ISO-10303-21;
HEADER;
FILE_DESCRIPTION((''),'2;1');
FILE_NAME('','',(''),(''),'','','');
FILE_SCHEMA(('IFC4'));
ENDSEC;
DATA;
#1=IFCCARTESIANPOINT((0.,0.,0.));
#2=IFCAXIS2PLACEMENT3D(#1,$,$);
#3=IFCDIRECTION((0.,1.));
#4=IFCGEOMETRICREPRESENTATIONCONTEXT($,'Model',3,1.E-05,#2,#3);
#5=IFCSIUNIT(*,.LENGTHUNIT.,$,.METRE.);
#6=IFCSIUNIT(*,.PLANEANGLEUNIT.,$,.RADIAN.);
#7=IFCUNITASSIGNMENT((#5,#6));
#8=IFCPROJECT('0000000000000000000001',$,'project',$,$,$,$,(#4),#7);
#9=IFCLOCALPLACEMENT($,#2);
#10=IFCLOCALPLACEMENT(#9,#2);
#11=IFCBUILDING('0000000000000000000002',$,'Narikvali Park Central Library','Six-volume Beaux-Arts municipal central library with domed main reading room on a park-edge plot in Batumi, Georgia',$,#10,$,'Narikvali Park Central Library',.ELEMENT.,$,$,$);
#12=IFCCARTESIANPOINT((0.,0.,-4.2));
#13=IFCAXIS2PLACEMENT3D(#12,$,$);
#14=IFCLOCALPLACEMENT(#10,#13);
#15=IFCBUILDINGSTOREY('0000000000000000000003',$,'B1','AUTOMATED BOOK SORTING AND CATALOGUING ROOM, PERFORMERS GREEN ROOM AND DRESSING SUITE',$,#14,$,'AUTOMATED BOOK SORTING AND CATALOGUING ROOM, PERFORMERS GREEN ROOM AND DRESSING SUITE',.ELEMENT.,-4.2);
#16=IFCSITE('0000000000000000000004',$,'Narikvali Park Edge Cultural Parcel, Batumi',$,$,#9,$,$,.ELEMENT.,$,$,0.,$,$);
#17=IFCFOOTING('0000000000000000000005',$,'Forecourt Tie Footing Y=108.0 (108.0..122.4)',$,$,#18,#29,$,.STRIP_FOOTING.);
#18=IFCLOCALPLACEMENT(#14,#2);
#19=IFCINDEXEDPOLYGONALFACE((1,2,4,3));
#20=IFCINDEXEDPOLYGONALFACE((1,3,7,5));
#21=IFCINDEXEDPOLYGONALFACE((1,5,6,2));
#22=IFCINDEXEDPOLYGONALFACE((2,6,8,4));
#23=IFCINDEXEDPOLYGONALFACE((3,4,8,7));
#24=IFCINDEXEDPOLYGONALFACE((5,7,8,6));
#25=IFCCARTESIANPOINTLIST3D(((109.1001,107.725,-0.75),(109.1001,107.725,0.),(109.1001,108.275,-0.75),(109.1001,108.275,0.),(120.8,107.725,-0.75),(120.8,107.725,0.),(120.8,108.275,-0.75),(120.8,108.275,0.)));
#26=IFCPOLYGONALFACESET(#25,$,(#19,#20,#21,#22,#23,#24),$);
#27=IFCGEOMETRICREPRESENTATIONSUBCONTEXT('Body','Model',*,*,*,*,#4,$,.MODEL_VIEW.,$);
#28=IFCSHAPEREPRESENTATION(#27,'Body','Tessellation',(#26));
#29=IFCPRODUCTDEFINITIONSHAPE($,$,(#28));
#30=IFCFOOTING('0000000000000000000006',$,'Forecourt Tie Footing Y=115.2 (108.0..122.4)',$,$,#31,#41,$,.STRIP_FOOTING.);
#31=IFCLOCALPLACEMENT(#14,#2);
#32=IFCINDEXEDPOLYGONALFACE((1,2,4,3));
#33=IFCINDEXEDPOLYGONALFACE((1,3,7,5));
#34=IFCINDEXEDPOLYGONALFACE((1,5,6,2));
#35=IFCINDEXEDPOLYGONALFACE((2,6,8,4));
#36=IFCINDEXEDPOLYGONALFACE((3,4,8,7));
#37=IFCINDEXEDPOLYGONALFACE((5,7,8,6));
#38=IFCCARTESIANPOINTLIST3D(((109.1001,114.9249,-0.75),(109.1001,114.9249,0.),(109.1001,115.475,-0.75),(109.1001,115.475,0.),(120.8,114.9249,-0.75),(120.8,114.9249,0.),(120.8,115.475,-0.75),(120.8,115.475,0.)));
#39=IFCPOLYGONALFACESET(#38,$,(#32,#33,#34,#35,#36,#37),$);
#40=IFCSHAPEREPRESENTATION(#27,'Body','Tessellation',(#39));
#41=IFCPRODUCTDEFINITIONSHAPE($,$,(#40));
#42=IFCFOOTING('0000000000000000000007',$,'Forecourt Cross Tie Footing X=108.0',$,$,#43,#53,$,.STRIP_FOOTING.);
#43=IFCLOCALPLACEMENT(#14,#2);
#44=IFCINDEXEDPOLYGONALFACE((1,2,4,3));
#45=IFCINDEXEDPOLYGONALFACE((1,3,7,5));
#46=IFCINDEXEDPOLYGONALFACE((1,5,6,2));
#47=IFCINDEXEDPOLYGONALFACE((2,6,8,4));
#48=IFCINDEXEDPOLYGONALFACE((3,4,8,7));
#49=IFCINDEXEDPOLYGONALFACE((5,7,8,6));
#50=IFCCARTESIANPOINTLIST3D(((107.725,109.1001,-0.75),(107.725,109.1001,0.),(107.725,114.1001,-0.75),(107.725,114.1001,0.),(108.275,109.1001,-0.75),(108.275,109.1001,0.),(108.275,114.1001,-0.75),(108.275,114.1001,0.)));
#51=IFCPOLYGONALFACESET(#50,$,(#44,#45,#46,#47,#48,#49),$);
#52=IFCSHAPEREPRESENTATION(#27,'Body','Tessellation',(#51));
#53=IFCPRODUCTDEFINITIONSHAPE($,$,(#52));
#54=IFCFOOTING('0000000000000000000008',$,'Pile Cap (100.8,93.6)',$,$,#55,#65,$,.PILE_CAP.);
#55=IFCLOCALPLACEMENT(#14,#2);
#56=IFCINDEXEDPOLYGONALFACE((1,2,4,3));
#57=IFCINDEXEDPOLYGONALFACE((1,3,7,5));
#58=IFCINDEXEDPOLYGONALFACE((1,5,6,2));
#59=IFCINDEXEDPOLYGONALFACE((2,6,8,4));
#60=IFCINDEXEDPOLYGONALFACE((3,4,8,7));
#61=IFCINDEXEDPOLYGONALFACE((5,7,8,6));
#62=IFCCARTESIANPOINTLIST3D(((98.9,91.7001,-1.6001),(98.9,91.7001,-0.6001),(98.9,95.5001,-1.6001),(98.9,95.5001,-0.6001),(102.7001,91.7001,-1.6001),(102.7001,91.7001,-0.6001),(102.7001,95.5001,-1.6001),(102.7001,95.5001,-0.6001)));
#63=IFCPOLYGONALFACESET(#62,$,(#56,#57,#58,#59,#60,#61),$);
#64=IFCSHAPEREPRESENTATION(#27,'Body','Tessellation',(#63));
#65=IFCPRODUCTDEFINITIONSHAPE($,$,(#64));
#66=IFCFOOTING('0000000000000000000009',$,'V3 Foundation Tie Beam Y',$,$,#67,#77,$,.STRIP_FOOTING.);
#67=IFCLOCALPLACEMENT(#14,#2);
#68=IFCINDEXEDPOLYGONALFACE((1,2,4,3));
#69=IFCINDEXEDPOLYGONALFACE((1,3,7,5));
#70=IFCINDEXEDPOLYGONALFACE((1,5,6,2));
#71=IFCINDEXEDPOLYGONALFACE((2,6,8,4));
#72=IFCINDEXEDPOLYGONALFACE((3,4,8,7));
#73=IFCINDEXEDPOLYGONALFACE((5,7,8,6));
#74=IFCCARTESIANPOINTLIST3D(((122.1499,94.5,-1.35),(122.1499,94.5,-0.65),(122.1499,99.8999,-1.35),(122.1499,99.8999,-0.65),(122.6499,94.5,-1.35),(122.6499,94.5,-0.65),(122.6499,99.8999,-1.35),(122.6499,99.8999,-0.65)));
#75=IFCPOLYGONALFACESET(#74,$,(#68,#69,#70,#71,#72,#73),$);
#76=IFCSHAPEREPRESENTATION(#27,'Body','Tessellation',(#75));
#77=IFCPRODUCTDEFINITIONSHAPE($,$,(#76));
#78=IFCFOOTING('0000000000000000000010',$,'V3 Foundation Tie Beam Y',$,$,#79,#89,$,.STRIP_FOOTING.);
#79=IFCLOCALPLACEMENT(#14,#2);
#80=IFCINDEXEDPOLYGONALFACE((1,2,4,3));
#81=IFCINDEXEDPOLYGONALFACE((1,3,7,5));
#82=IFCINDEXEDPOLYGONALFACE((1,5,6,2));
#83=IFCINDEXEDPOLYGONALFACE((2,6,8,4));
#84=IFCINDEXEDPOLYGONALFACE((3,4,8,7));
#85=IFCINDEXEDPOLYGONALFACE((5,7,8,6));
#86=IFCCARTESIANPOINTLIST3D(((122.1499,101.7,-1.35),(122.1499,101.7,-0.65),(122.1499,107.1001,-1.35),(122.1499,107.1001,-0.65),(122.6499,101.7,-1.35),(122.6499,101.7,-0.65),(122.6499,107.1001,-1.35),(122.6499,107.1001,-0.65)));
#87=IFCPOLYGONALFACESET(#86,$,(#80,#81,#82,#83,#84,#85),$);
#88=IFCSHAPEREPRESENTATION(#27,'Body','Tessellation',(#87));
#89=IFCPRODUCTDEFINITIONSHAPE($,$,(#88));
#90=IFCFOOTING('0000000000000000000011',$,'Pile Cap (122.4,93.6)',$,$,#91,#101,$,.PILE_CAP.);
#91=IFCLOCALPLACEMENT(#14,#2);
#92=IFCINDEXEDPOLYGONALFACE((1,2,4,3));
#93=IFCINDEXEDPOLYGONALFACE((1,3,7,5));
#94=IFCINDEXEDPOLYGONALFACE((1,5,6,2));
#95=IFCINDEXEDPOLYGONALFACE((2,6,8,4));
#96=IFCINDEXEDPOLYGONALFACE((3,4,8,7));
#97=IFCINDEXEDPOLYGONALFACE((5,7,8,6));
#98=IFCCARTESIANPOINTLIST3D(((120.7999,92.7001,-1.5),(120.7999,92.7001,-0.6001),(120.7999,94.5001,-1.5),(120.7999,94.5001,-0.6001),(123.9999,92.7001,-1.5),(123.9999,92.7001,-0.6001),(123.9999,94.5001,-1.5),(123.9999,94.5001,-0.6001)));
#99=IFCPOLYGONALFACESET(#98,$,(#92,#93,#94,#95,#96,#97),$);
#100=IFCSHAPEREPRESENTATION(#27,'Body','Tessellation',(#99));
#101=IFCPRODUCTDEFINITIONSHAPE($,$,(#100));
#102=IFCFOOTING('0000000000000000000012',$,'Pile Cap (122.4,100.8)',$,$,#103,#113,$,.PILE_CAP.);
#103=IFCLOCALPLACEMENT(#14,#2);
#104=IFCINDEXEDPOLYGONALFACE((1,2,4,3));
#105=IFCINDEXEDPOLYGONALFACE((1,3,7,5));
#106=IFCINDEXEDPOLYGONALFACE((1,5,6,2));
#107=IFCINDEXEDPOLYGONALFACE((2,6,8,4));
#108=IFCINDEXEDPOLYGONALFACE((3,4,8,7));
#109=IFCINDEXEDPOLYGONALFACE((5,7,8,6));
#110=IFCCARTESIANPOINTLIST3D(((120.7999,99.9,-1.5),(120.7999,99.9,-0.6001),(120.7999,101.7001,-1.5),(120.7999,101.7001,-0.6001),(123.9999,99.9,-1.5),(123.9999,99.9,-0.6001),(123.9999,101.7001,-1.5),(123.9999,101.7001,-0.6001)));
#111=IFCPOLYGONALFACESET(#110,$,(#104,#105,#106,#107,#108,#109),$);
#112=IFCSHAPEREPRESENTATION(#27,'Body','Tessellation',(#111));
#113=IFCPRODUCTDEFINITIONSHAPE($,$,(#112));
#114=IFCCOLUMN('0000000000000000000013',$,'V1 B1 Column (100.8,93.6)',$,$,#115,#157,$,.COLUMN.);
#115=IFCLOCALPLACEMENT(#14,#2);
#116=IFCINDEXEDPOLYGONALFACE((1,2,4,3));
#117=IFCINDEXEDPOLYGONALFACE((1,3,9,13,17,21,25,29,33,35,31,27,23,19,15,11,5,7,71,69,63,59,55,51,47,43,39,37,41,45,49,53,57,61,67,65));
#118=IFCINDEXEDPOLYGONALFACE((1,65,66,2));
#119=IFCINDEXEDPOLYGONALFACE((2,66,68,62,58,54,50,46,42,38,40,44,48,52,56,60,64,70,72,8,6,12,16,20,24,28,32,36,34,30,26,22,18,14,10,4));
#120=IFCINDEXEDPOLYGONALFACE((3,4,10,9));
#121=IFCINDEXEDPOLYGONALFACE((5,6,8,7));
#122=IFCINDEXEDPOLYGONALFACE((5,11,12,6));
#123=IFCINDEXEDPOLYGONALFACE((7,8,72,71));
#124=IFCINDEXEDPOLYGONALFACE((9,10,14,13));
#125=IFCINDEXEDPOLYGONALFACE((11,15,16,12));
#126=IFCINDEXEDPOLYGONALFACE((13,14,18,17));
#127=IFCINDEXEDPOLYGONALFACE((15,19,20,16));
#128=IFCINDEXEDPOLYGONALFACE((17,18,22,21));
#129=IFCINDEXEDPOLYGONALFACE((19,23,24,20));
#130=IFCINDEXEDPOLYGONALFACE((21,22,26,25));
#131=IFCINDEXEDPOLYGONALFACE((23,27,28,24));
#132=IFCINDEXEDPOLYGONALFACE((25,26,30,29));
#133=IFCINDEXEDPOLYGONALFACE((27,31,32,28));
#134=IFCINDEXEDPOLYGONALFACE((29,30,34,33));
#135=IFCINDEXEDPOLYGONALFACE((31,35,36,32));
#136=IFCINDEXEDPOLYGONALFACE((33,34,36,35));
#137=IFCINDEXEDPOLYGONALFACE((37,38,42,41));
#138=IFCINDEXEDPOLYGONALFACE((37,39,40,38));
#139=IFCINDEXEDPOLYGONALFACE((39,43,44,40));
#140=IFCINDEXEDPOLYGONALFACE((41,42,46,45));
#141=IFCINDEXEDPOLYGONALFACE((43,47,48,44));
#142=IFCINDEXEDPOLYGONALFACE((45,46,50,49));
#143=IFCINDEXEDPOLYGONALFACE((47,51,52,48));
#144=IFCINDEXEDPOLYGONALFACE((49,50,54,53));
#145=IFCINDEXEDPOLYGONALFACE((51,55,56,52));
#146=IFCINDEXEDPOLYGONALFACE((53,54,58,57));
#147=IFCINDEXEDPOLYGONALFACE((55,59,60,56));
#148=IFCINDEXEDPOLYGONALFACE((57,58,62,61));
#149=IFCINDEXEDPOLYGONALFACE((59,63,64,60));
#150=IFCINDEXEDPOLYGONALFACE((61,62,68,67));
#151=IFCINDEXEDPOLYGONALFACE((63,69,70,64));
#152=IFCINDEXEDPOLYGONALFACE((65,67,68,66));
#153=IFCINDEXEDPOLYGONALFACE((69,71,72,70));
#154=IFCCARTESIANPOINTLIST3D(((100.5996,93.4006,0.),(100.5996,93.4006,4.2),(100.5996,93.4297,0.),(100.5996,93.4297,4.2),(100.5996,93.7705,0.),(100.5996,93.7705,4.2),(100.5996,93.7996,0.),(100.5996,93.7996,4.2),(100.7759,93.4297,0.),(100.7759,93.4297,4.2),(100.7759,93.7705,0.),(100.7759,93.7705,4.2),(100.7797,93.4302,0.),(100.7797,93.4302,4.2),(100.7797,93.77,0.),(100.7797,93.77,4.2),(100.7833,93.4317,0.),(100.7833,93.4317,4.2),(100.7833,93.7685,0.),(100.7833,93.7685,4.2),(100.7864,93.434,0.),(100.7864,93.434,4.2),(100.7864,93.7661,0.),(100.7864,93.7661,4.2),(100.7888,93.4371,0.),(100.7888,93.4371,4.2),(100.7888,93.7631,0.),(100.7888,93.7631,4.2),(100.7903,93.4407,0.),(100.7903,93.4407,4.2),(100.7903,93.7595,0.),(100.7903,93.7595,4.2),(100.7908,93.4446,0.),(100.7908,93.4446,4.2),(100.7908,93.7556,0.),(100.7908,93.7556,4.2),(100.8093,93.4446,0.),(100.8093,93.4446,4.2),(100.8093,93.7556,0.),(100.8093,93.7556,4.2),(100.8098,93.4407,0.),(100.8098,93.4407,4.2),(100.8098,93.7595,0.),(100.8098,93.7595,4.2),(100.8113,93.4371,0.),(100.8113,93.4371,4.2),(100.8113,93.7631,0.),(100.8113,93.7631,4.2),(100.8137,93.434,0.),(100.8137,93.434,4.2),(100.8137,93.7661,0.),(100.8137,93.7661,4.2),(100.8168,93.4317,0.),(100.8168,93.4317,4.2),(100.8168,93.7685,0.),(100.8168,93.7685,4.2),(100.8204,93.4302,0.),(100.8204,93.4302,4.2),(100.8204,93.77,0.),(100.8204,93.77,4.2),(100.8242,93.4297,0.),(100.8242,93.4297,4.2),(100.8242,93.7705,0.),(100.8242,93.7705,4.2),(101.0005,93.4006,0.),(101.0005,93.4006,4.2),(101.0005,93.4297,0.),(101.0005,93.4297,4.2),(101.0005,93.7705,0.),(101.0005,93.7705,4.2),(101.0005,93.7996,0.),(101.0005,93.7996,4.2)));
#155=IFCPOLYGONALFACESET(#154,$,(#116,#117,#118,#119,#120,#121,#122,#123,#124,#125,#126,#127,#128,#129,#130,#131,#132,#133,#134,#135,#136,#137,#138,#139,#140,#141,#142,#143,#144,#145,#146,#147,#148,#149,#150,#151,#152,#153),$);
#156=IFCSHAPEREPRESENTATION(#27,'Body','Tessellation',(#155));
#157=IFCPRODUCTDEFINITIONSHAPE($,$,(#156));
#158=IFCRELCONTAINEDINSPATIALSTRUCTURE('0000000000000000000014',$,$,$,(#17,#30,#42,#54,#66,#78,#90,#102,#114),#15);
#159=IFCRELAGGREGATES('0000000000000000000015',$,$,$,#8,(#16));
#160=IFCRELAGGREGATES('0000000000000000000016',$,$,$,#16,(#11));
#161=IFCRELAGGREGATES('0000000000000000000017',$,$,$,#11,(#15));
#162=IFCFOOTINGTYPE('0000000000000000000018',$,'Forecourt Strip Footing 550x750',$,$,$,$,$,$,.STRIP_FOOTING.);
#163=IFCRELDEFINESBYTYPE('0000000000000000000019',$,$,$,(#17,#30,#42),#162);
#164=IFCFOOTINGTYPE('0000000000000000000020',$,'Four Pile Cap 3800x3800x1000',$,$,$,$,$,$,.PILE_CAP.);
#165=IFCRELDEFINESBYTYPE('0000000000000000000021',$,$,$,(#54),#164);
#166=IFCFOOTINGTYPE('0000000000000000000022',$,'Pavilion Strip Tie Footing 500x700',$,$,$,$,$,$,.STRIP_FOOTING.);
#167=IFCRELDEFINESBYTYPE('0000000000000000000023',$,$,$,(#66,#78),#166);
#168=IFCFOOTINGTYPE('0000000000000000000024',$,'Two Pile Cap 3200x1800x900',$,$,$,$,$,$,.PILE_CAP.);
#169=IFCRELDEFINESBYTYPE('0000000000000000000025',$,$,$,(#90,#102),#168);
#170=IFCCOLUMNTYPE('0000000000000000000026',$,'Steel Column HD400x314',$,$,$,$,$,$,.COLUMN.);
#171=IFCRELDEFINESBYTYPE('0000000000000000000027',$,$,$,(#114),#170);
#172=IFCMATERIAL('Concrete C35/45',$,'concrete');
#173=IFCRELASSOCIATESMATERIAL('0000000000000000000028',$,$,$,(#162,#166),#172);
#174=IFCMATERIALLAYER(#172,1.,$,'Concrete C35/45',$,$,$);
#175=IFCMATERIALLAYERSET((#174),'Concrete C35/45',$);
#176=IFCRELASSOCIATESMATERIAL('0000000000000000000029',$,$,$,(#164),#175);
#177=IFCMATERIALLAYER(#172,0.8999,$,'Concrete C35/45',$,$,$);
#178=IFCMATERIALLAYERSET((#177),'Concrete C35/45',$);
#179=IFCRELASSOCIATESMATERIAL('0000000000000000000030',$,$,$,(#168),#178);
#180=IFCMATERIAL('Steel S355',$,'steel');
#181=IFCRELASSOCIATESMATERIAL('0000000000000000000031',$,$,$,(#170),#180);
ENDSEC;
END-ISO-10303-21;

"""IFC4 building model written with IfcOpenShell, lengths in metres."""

from ifc_helpers import new_model, si_unit, direction, frame, origin, origin_2d, place, context, subcontext, project, spatial, rectangle, i_section, extrude, material, layer, layer_set, material_profile, profile_set, type_object, element, save


model = new_model("IFC4")

# Units and contexts
model_context = context("Model", 3, precision=1e-05, world=origin(), true_north=direction((0.0, 1.0)))
body_context = subcontext(model_context, "Body", "Model", "MODEL_VIEW")
ifc_project = project(units=[si_unit("LENGTHUNIT", "METRE"), si_unit("PLANEANGLEUNIT", "RADIAN")], contexts=[model_context])

# Site, building, storey
site_placement = place(None, origin())
site = spatial("IfcSite", under=ifc_project, at=site_placement, Name="Narikvali Park Edge Cultural Parcel, Batumi", CompositionType="ELEMENT", RefElevation=0.0)
building_placement = place(site_placement, origin())
building = spatial("IfcBuilding", under=site, at=building_placement, Name="Narikvali Park Central Library", Description="Six-volume Beaux-Arts municipal central library with domed main reading room on a park-edge plot in Batumi, Georgia", LongName="Narikvali Park Central Library", CompositionType="ELEMENT")
storey_placement = place(building_placement, frame((0.0, 0.0, -4.2)))
storey = spatial("IfcBuildingStorey", under=building, at=storey_placement, Name="B1", Description="AUTOMATED BOOK SORTING AND CATALOGUING ROOM, PERFORMERS GREEN ROOM AND DRESSING SUITE", LongName="AUTOMATED BOOK SORTING AND CATALOGUING ROOM, PERFORMERS GREEN ROOM AND DRESSING SUITE", CompositionType="ELEMENT", Elevation=-4.2)

# Shared definitions
ifc_material_1 = material(Name="Concrete C35/45", Category="concrete")

# Footings
ifc_material_profile_1 = material_profile(ifc_material_1, rectangle(XDim=0.55, YDim=0.75, at=origin_2d()), Name="RC GB 550x750")
ifc_profile_set_1 = profile_set([ifc_material_profile_1], Name="Concrete C35/45")
footing_type_1 = type_object("IfcFootingType", Name="Forecourt Strip Footing 550x750", PredefinedType="STRIP_FOOTING", material=ifc_profile_set_1)
for number, where, z_axis, x_axis, name in (
    (1, (109.1001, 108.0, -0.375), (1.0, 0.0, 0.0), (0.0, 1.0, 0.0), "Forecourt Tie Footing Y=108.0 (108.0..122.4)"),
    (2, (109.1001, 115.2, -0.375), (1.0, 0.0, 0.0), (0.0, 1.0, 0.0), "Forecourt Tie Footing Y=115.2 (108.0..122.4)"),
):
    element("IfcFooting", number, at=place(storey_placement, frame(where, z_axis=z_axis, x_axis=x_axis)), inside=storey, type_object=footing_type_1, Name=name, PredefinedType="STRIP_FOOTING", context=body_context, shape_type="SweptSolid", body=[
        extrude(rectangle(XDim=0.55, YDim=0.75, at=origin_2d()), origin(), (0.0, 0.0, 1.0), 11.7),
    ])
footing_1_placement = place(storey_placement, frame((108.0, 109.1001, -0.375), z_axis=(0.0, 1.0, 0.0), x_axis=(-1.0, 0.0, 0.0)))
element("IfcFooting", 3, at=footing_1_placement, inside=storey, type_object=footing_type_1, Name="Forecourt Cross Tie Footing X=108.0", PredefinedType="STRIP_FOOTING", context=body_context, shape_type="SweptSolid", body=[
    extrude(rectangle(XDim=0.55, YDim=0.75, at=origin_2d()), origin(), (0.0, 0.0, 1.0), 5.0),
])
ifc_layer_1 = layer(ifc_material_1, 1.0, Name="Concrete C35/45")
ifc_layer_set_1 = layer_set([ifc_layer_1], Name="Concrete C35/45")
footing_type_2 = type_object("IfcFootingType", Name="Four Pile Cap 3800x3800x1000", PredefinedType="PILE_CAP", material=ifc_layer_set_1)
footing_2_placement = place(storey_placement, frame((100.8, 93.6001, -1.6001), z_axis=(0.0, 0.0, 1.0), x_axis=(1.0, 0.0, 0.0)))
element("IfcFooting", 4, at=footing_2_placement, inside=storey, type_object=footing_type_2, Name="Pile Cap (100.8,93.6)", PredefinedType="PILE_CAP", context=body_context, shape_type="SweptSolid", body=[
    extrude(rectangle(XDim=3.8, YDim=3.8, at=origin_2d()), origin(), (0.0, 0.0, 1.0), 1.0),
])
ifc_material_profile_2 = material_profile(ifc_material_1, rectangle(XDim=0.5, YDim=0.7, at=origin_2d()), Name="RC GB 500x700")
ifc_profile_set_2 = profile_set([ifc_material_profile_2], Name="Concrete C35/45")
footing_type_3 = type_object("IfcFootingType", Name="Pavilion Strip Tie Footing 500x700", PredefinedType="STRIP_FOOTING", material=ifc_profile_set_2)
footing_3_placement = place(storey_placement, frame((122.3999, 94.5, -1.0), z_axis=(0.0, 1.0, 0.0), x_axis=(-1.0, 0.0, 0.0)))
element("IfcFooting", 5, at=footing_3_placement, inside=storey, type_object=footing_type_3, Name="V3 Foundation Tie Beam Y", PredefinedType="STRIP_FOOTING", context=body_context, shape_type="SweptSolid", body=[
    extrude(rectangle(XDim=0.5, YDim=0.7, at=origin_2d()), origin(), (0.0, 0.0, 1.0), 5.3999),
])
footing_4_placement = place(storey_placement, frame((122.3999, 101.7, -1.0), z_axis=(0.0, 1.0, 0.0), x_axis=(-1.0, 0.0, 0.0)))
element("IfcFooting", 6, at=footing_4_placement, inside=storey, type_object=footing_type_3, Name="V3 Foundation Tie Beam Y", PredefinedType="STRIP_FOOTING", context=body_context, shape_type="SweptSolid", body=[
    extrude(rectangle(XDim=0.5, YDim=0.7, at=origin_2d()), origin(), (0.0, 0.0, 1.0), 5.4001),
])
ifc_layer_2 = layer(ifc_material_1, 0.8999, Name="Concrete C35/45")
ifc_layer_set_2 = layer_set([ifc_layer_2], Name="Concrete C35/45")
footing_type_4 = type_object("IfcFootingType", Name="Two Pile Cap 3200x1800x900", PredefinedType="PILE_CAP", material=ifc_layer_set_2)
for number, where, z_axis, x_axis, name in (
    (7, (122.3999, 93.6001, -1.5), (0.0, 0.0, 1.0), (1.0, 0.0, 0.0), "Pile Cap (122.4,93.6)"),
    (8, (122.3999, 100.8, -1.5), (0.0, 0.0, 1.0), (1.0, 0.0, 0.0), "Pile Cap (122.4,100.8)"),
):
    element("IfcFooting", number, at=place(storey_placement, frame(where, z_axis=z_axis, x_axis=x_axis)), inside=storey, type_object=footing_type_4, Name=name, PredefinedType="PILE_CAP", context=body_context, shape_type="SweptSolid", body=[
        extrude(rectangle(XDim=3.2, YDim=1.8, at=origin_2d()), origin(), (0.0, 0.0, 1.0), 0.8999),
    ])

# Column
ifc_material_2 = material(Name="Steel S355", Category="steel")
ifc_material_profile_3 = material_profile(ifc_material_2, i_section(OverallWidth=0.4009, OverallDepth=0.3989, WebThickness=0.0186, FlangeThickness=0.0291, FilletRadius=0.0149, at=origin_2d()), Name="HD 400x314")
ifc_profile_set_3 = profile_set([ifc_material_profile_3], Name="Steel S355")
column_type_1 = type_object("IfcColumnType", Name="Steel Column HD400x314", PredefinedType="COLUMN", material=ifc_profile_set_3)
column_placement = place(storey_placement, frame((100.8, 93.6001, 0.0), z_axis=(0.0, 0.0, 1.0), x_axis=(1.0, 0.0, 0.0)))
element("IfcColumn", 9, at=column_placement, inside=storey, type_object=column_type_1, Name="V1 B1 Column (100.8,93.6)", PredefinedType="COLUMN", context=body_context, shape_type="SweptSolid", body=[
    extrude(i_section(OverallWidth=0.4009, OverallDepth=0.3989, WebThickness=0.0186, FlangeThickness=0.0291, FilletRadius=0.0149, at=origin_2d()), origin(), (0.0, 0.0, 1.0), 4.2),
])

save(model, "model.ifc")
